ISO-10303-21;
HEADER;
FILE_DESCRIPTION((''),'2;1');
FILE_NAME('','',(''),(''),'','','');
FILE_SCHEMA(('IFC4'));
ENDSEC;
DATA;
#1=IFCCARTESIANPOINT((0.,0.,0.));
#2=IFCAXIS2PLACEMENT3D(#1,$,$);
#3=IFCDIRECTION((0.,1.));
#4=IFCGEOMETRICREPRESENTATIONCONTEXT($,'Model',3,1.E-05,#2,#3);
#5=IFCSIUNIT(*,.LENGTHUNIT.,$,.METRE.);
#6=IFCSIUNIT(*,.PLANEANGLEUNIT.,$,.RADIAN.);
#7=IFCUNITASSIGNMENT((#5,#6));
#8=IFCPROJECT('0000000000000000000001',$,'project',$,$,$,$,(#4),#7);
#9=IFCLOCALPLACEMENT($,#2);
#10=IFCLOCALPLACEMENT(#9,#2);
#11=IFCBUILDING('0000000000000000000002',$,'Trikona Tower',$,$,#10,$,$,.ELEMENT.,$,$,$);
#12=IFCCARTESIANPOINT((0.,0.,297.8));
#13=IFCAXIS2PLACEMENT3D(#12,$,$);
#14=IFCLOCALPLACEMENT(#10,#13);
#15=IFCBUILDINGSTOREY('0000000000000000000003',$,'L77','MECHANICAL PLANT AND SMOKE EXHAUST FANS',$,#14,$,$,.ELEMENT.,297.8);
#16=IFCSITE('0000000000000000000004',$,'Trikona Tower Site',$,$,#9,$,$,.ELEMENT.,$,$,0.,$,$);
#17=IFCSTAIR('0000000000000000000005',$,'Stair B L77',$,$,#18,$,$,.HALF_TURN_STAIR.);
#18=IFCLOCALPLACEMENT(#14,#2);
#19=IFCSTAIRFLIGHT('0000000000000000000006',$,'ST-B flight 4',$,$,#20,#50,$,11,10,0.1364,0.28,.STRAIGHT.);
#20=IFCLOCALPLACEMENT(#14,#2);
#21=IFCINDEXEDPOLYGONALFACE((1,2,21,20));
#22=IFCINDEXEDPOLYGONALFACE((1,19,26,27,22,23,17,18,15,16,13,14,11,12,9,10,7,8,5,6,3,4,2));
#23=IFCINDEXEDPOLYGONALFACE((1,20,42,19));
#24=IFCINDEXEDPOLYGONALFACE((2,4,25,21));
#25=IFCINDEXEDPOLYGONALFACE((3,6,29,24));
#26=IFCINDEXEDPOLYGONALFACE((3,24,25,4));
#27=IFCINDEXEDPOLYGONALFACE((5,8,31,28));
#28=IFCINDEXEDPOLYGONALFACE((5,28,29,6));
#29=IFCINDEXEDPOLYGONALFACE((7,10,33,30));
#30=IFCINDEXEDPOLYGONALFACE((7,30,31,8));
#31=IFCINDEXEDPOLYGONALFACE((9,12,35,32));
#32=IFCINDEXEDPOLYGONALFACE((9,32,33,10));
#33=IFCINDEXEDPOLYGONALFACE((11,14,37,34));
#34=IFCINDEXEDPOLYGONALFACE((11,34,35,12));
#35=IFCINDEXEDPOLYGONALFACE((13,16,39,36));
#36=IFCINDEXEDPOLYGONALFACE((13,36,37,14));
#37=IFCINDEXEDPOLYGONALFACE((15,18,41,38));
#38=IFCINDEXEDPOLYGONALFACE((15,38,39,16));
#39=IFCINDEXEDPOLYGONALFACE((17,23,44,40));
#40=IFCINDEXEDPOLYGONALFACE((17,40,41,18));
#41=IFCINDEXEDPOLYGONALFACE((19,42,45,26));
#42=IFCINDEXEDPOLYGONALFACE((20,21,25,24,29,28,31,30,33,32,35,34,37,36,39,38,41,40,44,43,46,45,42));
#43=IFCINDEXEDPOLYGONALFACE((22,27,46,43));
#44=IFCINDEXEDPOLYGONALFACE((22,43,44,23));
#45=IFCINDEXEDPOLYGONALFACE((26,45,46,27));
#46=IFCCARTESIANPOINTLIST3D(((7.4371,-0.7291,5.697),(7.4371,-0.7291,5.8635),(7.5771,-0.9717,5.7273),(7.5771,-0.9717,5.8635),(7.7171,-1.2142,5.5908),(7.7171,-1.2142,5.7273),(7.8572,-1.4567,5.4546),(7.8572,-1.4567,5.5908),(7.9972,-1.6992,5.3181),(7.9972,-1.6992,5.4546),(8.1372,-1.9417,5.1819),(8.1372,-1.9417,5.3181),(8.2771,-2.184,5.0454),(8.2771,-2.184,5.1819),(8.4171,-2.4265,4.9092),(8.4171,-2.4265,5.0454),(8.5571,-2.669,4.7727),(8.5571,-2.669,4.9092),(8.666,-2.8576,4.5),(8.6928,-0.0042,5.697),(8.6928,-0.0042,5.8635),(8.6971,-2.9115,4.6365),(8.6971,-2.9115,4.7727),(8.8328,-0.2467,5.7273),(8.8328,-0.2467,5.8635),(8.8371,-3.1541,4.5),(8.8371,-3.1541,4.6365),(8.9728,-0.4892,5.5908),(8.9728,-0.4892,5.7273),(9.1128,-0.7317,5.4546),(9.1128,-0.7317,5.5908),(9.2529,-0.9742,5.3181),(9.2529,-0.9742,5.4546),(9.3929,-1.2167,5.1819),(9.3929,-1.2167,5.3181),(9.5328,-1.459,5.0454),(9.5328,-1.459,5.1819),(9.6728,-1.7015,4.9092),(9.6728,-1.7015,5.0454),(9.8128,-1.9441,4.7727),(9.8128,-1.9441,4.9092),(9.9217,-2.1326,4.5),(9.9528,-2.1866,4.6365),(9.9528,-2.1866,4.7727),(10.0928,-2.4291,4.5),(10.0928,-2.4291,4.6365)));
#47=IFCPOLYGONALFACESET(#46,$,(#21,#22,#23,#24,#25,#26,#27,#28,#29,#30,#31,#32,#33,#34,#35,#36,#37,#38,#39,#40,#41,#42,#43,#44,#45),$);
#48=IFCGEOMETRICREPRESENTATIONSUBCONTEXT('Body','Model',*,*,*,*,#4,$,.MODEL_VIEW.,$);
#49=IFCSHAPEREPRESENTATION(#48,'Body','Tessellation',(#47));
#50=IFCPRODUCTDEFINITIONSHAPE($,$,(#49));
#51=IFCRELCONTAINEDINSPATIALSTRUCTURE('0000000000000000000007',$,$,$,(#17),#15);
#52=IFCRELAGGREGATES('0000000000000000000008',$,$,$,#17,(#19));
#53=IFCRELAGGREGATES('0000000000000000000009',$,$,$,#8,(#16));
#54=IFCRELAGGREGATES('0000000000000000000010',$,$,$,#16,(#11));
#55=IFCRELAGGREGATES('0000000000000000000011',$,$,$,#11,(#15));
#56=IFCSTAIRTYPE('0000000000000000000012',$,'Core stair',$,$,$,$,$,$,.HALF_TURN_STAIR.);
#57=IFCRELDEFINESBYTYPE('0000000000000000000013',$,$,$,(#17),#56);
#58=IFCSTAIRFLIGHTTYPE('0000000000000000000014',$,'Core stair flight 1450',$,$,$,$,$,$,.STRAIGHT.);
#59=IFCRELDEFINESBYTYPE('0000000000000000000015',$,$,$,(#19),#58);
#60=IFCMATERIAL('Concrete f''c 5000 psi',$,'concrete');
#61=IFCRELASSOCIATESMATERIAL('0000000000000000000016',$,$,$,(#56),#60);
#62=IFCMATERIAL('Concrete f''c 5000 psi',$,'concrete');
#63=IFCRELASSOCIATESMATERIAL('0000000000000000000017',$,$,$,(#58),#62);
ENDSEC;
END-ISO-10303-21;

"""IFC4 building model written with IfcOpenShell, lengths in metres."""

from ifc_helpers import new_model, si_unit, direction, frame, origin, place, context, subcontext, project, spatial, polyline, outline, extrude, material, type_object, element, aggregate, save


model = new_model("IFC4")

# Units and contexts
model_context = context("Model", 3, precision=1e-05, world=origin(), true_north=direction((0.0, 1.0)))
body_context = subcontext(model_context, "Body", "Model", "MODEL_VIEW")
ifc_project = project(units=[si_unit("LENGTHUNIT", "METRE"), si_unit("PLANEANGLEUNIT", "RADIAN")], contexts=[model_context])

# Site, building, storey
site_placement = place(None, origin())
site = spatial("IfcSite", under=ifc_project, at=site_placement, Name="Trikona Tower Site", CompositionType="ELEMENT", RefElevation=0.0)
building_placement = place(site_placement, origin())
building = spatial("IfcBuilding", under=site, at=building_placement, Name="Trikona Tower", CompositionType="ELEMENT")
storey_placement = place(building_placement, frame((0.0, 0.0, 297.8)))
storey = spatial("IfcBuildingStorey", under=building, at=storey_placement, Name="L77", Description="MECHANICAL PLANT AND SMOKE EXHAUST FANS", CompositionType="ELEMENT", Elevation=297.8)

# Shared definitions
ifc_material_1 = material(Name="Concrete f'c 5000 psi", Category="concrete")
stair_type = type_object("IfcStairType", Name="Core stair", PredefinedType="HALF_TURN_STAIR", material=ifc_material_1)

# Stair, stair flight
stair_1_placement = place(storey_placement, origin())
stair_1 = element("IfcStair", 1, at=stair_1_placement, inside=storey, type_object=stair_type, Name="Stair B L77", PredefinedType="HALF_TURN_STAIR")
ifc_material_2 = material(Name="Concrete f'c 5000 psi", Category="concrete")
stair_flight_type = type_object("IfcStairFlightType", Name="Core stair flight 1450", PredefinedType="STRAIGHT", material=ifc_material_2)
stair_flight_1_placement = place(storey_placement, frame((9.4651, -2.7915, 4.5), z_axis=(0.0, 0.0, 1.0), x_axis=(-0.5, 0.866025, 0.0)))
stair_flight_1 = element("IfcStairFlight", 2, at=stair_flight_1_placement, type_object=stair_flight_type, Name="ST-B flight 4", NumberOfRisers=11, NumberOfTreads=10, PredefinedType="STRAIGHT", RiserHeight=0.1364, TreadLength=0.28, context=body_context, shape_type="SweptSolid", body=[
    extrude(outline(polyline([(0.0, 0.0), (0.0, 0.1365), (0.28, 0.1365), (0.28, 0.2727), (0.5601, 0.2727), (0.5601, 0.4092), (0.8401, 0.4092), (0.8401, 0.5454), (1.1201, 0.5454), (1.1201, 0.6819), (1.3999, 0.6819), (1.3999, 0.8181), (1.6799, 0.8181), (1.6799, 0.9546), (1.96, 0.9546), (1.96, 1.0908), (2.24, 1.0908), (2.24, 1.2273), (2.52, 1.2273), (2.52, 1.3635), (2.8, 1.3635), (2.8, 1.5), (2.8, 1.197), (0.3423, 0.0), (0.0, 0.0)])), frame((0.0, 0.7251, 0.0), z_axis=(0.0, -1.0, 0.0), x_axis=(1.0, 0.0, 0.0)), (0.0, 0.0, 1.0), 1.45),
])
aggregate(stair_1, [stair_flight_1])

save(model, "model.ifc")
